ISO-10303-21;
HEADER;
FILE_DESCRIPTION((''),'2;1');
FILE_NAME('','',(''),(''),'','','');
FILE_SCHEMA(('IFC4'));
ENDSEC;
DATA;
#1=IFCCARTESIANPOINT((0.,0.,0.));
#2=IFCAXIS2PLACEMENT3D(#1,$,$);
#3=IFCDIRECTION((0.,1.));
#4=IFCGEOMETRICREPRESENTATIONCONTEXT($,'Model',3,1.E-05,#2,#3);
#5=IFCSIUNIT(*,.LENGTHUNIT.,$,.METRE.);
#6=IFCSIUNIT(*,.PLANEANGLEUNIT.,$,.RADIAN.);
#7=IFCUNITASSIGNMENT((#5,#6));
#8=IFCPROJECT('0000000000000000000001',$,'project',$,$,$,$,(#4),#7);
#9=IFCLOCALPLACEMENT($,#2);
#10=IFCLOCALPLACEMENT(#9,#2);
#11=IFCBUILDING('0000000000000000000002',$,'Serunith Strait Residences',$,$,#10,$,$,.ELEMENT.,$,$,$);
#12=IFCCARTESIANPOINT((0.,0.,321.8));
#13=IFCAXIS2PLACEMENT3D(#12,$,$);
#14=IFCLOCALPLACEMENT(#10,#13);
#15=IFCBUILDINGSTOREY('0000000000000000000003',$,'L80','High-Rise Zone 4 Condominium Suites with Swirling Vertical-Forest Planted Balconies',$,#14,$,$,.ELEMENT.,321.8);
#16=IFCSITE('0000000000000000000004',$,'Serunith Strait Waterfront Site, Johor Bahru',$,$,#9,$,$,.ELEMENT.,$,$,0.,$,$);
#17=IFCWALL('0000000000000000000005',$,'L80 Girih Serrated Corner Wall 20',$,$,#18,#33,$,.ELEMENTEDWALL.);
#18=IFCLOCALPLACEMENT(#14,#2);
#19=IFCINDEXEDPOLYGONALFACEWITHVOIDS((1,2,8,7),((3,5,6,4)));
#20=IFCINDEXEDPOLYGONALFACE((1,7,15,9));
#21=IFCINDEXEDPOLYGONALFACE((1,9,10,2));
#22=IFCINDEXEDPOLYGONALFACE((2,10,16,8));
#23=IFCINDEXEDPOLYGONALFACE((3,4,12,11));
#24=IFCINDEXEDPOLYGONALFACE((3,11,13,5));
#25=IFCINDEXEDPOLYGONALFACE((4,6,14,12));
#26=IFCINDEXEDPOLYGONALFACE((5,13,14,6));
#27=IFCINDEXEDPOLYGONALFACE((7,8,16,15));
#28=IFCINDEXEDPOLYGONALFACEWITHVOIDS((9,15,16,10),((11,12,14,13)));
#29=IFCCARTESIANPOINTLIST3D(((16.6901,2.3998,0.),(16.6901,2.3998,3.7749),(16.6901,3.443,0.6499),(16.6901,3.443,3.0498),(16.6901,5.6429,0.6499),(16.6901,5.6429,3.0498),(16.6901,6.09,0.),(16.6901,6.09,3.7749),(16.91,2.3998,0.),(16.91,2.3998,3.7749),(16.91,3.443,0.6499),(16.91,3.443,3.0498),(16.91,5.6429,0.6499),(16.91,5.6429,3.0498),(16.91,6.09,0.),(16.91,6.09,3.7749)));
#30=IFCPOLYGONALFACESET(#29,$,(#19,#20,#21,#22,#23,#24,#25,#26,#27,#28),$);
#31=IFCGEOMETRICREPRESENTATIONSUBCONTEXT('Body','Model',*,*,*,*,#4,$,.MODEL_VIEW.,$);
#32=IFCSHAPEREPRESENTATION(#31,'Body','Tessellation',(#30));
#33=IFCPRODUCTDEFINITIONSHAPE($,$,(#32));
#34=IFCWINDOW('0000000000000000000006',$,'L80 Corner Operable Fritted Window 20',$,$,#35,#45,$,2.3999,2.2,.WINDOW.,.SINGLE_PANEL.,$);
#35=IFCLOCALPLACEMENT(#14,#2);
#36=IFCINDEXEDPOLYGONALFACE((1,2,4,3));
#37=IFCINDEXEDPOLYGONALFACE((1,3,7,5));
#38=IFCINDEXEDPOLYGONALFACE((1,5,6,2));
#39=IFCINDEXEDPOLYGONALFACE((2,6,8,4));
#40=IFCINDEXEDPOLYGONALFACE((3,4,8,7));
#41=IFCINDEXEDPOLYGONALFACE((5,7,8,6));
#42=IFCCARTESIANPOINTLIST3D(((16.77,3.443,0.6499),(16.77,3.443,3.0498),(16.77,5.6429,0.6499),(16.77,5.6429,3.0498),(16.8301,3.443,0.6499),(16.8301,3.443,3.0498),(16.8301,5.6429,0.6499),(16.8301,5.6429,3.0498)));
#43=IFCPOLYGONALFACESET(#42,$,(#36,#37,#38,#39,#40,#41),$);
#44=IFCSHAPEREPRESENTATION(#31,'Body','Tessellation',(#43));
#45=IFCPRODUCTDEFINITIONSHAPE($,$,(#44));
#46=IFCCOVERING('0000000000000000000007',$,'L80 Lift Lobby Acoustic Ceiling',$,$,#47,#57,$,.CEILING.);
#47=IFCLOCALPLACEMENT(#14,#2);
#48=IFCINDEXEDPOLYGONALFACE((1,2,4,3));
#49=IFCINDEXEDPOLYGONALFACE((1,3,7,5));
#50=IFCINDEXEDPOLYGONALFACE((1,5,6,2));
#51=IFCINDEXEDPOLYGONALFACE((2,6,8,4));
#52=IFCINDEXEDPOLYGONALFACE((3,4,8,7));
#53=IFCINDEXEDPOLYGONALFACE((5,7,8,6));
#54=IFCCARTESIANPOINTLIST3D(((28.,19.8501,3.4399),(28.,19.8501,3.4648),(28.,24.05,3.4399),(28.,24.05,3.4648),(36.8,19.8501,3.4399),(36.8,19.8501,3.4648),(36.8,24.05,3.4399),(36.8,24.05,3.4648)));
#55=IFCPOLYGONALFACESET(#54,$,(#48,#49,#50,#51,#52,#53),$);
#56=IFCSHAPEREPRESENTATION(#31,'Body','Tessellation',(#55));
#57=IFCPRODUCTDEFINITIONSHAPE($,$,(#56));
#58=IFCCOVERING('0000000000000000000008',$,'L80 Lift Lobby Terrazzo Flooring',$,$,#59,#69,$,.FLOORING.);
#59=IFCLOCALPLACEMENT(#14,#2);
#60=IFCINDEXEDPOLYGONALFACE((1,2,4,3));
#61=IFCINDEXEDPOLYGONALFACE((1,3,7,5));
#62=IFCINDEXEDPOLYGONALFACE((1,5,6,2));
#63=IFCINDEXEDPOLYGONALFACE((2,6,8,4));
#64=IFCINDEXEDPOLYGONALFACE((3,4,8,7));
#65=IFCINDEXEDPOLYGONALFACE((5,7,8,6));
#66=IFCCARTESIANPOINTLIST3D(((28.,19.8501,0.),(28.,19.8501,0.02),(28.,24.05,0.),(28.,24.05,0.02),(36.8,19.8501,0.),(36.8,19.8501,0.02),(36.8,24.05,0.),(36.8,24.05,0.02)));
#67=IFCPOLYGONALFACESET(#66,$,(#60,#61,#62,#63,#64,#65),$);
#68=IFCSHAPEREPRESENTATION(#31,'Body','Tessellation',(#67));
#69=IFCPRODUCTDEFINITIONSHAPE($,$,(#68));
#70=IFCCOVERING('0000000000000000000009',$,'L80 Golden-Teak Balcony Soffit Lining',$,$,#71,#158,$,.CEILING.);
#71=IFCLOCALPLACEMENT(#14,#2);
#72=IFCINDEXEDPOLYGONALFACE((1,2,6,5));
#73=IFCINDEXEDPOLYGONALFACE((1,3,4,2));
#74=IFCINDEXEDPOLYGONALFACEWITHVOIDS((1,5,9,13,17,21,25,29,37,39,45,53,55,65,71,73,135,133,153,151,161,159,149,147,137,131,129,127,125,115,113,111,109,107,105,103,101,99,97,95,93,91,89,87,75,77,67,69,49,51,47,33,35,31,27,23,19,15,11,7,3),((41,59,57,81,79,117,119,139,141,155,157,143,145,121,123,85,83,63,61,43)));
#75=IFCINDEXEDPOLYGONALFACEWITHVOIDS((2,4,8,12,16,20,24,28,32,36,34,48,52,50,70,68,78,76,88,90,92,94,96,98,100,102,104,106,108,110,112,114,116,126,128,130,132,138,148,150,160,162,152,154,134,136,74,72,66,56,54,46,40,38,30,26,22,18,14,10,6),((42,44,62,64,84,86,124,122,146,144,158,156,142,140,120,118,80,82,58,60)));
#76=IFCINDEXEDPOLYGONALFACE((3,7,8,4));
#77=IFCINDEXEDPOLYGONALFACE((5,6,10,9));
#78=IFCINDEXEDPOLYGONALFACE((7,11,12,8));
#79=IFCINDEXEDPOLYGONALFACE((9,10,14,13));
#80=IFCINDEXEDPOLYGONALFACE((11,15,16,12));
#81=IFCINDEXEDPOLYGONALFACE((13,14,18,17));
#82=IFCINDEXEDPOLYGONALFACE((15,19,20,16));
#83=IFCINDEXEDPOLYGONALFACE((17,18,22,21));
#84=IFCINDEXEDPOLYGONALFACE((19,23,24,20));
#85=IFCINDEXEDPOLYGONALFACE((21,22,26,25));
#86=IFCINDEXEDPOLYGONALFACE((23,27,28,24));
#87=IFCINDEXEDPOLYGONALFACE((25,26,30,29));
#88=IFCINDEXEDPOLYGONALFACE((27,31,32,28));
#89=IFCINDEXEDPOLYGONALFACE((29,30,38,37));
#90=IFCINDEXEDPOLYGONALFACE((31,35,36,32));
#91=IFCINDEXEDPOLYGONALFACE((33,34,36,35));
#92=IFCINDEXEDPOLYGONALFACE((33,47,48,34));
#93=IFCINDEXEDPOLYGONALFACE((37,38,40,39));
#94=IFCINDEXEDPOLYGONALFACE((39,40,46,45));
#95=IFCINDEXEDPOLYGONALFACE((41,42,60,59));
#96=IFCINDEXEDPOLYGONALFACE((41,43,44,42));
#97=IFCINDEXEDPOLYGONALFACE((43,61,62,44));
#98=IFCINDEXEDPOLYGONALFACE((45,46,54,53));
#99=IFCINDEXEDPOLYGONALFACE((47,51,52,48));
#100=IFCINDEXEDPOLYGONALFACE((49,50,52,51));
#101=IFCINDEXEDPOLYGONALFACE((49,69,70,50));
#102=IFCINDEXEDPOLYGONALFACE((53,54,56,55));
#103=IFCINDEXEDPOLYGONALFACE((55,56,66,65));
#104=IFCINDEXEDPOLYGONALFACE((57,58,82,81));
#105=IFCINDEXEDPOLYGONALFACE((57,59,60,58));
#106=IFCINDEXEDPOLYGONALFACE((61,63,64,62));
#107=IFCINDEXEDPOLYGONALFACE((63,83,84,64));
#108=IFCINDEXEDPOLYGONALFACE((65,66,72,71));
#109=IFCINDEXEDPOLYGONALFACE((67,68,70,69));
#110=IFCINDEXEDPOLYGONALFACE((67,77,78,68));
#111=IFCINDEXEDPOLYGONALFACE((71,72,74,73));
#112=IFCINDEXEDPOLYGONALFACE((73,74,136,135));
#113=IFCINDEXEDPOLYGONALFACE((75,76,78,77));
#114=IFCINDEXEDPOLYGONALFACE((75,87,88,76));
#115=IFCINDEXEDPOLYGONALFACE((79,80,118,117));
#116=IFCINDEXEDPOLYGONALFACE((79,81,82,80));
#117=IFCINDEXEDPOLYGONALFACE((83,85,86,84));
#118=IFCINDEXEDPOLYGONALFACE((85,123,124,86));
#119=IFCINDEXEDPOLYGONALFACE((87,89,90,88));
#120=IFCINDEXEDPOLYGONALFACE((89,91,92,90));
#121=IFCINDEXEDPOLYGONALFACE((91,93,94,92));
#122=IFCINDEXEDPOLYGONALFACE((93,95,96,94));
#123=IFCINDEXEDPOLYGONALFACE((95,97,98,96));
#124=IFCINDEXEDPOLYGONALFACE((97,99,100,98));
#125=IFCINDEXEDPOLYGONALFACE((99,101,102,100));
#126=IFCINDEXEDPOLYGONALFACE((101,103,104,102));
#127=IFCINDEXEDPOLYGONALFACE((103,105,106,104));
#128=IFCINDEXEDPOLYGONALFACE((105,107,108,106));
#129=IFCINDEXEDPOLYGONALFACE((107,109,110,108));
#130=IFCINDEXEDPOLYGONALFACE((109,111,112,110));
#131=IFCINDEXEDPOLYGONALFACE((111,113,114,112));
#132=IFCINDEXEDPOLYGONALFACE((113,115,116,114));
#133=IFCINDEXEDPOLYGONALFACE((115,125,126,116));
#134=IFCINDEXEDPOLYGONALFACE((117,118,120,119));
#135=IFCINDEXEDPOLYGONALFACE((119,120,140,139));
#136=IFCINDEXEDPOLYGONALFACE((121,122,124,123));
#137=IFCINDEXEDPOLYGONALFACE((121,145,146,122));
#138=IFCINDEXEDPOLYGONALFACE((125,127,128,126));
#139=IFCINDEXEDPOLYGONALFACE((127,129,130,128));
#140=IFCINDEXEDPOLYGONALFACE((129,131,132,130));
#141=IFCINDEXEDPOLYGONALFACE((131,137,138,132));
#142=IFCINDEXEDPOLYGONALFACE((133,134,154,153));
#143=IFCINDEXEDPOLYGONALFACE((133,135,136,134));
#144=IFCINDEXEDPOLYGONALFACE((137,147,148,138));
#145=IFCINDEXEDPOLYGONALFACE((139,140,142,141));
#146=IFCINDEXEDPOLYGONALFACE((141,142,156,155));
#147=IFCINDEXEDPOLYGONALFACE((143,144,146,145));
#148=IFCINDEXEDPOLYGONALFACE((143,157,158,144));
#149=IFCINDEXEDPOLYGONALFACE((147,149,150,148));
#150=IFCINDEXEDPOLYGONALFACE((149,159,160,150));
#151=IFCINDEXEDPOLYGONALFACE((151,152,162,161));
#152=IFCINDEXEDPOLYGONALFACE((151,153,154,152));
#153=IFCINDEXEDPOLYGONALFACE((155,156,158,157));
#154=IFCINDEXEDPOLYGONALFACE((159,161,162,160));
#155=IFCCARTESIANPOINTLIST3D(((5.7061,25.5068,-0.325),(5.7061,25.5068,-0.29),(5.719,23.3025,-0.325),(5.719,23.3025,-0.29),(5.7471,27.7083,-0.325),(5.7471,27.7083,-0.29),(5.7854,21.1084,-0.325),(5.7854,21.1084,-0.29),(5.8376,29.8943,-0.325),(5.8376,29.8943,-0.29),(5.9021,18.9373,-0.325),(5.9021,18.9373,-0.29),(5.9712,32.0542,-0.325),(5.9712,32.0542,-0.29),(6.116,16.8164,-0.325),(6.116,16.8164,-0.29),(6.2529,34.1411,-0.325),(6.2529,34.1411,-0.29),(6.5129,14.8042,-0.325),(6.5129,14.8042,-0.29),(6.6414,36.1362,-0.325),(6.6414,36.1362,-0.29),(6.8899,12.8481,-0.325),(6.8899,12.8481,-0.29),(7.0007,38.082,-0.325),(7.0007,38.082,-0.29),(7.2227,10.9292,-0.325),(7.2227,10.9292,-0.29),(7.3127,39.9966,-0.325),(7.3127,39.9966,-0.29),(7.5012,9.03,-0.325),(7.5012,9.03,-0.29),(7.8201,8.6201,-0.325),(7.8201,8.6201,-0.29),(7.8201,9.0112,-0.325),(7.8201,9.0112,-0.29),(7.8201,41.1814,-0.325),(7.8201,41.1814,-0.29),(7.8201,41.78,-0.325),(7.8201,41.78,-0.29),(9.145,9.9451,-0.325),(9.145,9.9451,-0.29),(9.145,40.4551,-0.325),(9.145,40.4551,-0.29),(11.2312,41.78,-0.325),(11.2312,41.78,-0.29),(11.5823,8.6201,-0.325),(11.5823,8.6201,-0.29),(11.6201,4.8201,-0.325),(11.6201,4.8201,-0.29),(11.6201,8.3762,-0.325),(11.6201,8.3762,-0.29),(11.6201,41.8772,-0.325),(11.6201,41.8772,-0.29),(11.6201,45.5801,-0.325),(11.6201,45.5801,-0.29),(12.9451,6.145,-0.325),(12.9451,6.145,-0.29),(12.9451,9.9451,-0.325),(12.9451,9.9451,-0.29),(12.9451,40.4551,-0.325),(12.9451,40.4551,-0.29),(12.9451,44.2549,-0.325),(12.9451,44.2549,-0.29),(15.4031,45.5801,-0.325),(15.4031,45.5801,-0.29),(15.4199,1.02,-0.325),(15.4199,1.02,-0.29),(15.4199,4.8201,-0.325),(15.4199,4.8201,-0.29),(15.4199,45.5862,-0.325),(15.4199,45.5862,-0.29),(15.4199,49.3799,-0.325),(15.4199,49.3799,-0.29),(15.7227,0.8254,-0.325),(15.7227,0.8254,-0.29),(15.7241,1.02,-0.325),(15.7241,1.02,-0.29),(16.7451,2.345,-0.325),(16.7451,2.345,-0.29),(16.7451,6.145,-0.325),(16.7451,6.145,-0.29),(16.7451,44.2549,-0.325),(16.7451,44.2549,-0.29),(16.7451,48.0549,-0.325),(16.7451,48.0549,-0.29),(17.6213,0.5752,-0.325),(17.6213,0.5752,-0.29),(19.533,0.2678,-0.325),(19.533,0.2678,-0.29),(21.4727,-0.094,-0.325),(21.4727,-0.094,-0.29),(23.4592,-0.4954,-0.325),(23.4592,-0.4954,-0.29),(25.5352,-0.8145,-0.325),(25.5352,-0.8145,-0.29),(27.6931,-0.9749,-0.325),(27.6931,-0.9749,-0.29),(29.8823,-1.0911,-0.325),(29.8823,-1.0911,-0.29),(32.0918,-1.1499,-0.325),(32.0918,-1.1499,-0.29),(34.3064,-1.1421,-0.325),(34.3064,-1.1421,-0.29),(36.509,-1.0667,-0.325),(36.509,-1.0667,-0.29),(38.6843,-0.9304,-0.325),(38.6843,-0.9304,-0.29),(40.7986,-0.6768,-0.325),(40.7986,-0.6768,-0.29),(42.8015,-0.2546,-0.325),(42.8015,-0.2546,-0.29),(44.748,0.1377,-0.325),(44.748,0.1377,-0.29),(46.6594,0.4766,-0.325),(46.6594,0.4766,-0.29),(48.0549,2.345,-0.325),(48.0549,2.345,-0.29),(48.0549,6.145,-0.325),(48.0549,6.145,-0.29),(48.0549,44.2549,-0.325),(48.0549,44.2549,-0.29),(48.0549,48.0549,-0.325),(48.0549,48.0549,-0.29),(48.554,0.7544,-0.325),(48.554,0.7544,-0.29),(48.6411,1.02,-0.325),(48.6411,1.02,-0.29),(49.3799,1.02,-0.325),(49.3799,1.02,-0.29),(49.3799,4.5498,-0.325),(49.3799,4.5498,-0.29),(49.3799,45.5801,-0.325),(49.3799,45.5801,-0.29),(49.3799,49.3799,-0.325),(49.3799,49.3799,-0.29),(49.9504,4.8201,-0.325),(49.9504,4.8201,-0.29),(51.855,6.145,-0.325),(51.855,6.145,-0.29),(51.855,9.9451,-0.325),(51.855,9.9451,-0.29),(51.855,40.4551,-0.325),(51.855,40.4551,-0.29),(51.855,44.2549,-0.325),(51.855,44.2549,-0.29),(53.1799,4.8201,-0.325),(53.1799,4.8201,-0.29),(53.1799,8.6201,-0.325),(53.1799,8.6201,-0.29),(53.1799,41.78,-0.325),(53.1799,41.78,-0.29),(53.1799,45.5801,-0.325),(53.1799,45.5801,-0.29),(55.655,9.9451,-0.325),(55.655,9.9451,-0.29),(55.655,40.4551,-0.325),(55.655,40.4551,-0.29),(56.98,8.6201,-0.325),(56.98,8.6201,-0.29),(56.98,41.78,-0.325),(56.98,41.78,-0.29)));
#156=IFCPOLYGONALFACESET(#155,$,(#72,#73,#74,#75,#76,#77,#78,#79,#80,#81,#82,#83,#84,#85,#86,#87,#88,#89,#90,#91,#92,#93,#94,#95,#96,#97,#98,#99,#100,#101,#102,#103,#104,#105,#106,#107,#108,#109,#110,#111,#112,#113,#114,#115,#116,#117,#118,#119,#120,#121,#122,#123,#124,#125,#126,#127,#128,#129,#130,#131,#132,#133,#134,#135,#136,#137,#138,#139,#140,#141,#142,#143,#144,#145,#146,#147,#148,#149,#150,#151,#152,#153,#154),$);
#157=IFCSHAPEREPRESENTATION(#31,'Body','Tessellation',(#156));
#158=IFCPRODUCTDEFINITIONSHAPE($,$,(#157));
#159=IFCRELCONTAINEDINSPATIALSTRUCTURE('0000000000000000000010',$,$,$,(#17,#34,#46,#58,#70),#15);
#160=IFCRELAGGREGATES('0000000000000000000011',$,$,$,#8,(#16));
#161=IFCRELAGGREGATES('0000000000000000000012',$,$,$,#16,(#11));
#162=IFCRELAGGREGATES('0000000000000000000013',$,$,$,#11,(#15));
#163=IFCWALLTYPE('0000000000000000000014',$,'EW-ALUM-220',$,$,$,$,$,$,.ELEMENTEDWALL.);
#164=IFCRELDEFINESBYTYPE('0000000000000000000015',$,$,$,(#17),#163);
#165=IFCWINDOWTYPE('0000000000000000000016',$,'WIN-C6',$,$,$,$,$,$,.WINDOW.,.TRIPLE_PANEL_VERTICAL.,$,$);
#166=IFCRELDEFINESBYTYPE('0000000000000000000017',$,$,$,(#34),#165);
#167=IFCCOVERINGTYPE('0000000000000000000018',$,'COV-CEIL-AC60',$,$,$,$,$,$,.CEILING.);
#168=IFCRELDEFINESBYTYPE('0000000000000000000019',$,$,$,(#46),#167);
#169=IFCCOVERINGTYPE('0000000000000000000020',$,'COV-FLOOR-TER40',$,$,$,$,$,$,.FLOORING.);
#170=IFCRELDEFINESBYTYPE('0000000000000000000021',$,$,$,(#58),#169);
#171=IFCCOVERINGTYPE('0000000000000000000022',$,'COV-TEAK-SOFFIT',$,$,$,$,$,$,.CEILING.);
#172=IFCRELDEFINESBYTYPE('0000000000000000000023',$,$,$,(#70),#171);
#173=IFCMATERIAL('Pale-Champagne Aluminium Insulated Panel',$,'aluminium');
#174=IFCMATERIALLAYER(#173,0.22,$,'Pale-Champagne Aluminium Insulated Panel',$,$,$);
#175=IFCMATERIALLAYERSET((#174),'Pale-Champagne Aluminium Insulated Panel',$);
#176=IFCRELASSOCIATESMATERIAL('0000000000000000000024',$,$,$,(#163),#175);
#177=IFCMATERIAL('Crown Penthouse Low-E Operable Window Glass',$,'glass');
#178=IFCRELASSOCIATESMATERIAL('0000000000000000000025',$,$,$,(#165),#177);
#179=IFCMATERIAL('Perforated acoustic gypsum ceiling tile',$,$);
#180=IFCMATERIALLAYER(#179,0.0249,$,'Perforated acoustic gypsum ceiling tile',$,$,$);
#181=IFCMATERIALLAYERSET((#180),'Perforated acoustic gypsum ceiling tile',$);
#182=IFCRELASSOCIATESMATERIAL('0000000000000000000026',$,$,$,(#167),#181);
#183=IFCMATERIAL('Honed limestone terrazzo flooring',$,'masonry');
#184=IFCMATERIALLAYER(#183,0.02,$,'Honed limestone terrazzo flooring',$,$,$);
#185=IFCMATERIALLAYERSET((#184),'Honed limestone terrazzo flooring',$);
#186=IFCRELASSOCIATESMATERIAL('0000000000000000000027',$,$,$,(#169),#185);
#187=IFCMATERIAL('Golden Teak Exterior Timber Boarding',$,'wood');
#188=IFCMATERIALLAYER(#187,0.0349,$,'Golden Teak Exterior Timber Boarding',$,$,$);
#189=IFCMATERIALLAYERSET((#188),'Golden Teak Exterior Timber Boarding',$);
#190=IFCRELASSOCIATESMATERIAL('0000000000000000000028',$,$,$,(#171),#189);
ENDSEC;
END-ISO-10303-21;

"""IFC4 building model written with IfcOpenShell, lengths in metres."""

from ifc_helpers import new_model, si_unit, direction, frame, frame_2d, origin, place, context, subcontext, project, spatial, polyline, rectangle, outline, extrude, source, transform, mapped, material, layer, layer_set, type_object, element, fill, save


model = new_model("IFC4")

# Units and contexts
model_context = context("Model", 3, precision=1e-05, world=origin(), true_north=direction((0.0, 1.0)))
body_context = subcontext(model_context, "Body", "Model", "MODEL_VIEW")
ifc_project = project(units=[si_unit("LENGTHUNIT", "METRE"), si_unit("PLANEANGLEUNIT", "RADIAN")], contexts=[model_context])

# Site, building, storey
site_placement = place(None, origin())
site = spatial("IfcSite", under=ifc_project, at=site_placement, Name="Serunith Strait Waterfront Site, Johor Bahru", CompositionType="ELEMENT", RefElevation=0.0)
building_placement = place(site_placement, origin())
building = spatial("IfcBuilding", under=site, at=building_placement, Name="Serunith Strait Residences", CompositionType="ELEMENT")
storey_placement = place(building_placement, frame((0.0, 0.0, 321.8)))
storey = spatial("IfcBuildingStorey", under=building, at=storey_placement, Name="L80", Description="High-Rise Zone 4 Condominium Suites with Swirling Vertical-Forest Planted Balconies", CompositionType="ELEMENT", Elevation=321.8)

# Wall, opening, window
ifc_material_1 = material(Name="Pale-Champagne Aluminium Insulated Panel", Category="aluminium")
ifc_layer_1 = layer(ifc_material_1, 0.22, Name="Pale-Champagne Aluminium Insulated Panel")
ifc_layer_set_1 = layer_set([ifc_layer_1], Name="Pale-Champagne Aluminium Insulated Panel")
wall_type = type_object("IfcWallType", Name="EW-ALUM-220", PredefinedType="ELEMENTEDWALL", material=ifc_layer_set_1)
ifc_material_2 = material(Name="Crown Penthouse Low-E Operable Window Glass", Category="glass")
window_type = type_object("IfcWindowType", Name="WIN-C6", PartitioningType="TRIPLE_PANEL_VERTICAL", PredefinedType="WINDOW", material=ifc_material_2)
shared_shape_1 = source(origin(), body_context, "Body", "SweptSolid", [
    extrude(rectangle(XDim=2.2, YDim=2.3999, at=frame_2d((1.1001, 1.2))), frame((0.0, 0.03, 0.0), z_axis=(0.0, -1.0, 0.0), x_axis=(1.0, 0.0, 0.0)), (0.0, 0.0, 1.0), 0.0601),
])
wall_1_placement = place(storey_placement, frame((16.8, 6.0901, 0.0), z_axis=(0.0, 0.0, 1.0), x_axis=(0.0, -1.0, 0.0)))
wall_1 = element("IfcWall", 1, at=wall_1_placement, inside=storey, type_object=wall_type, Name="L80 Girih Serrated Corner Wall 20", PredefinedType="ELEMENTEDWALL", context=body_context, shape_type="SweptSolid", body=[
    extrude(rectangle(XDim=3.6902, YDim=0.22, at=frame_2d((1.8452, 0.0))), origin(), (0.0, 0.0, 1.0), 3.7749),
])
opening_1_placement = place(wall_1_placement, frame((0.447, 0.0, 0.6499)))
opening_1 = element("IfcOpeningElement", 2, at=opening_1_placement, cuts=wall_1, PredefinedType="OPENING", context=body_context, shape_type="SweptSolid", body=[
    extrude(rectangle(XDim=2.2, YDim=2.3999, at=frame_2d((1.1001, 1.2))), frame((0.0, 0.1201, 0.0), z_axis=(0.0, -1.0, 0.0), x_axis=(1.0, 0.0, 0.0)), (0.0, 0.0, 1.0), 0.24),
])
window_1_placement = place(opening_1_placement, origin())
window_1 = element("IfcWindow", 3, at=window_1_placement, inside=storey, type_object=window_type, Name="L80 Corner Operable Fritted Window 20", OverallHeight=2.3999, OverallWidth=2.2, PartitioningType="SINGLE_PANEL", PredefinedType="WINDOW", context=body_context, shape_type="MappedRepresentation", body=[
    mapped(shared_shape_1, transform((0.0, 0.0, 0.0), scale=1.0)),
])
fill(opening_1, window_1)

# Coverings
ifc_material_3 = material(Name="Perforated acoustic gypsum ceiling tile")
ifc_layer_2 = layer(ifc_material_3, 0.0249, Name="Perforated acoustic gypsum ceiling tile")
ifc_layer_set_2 = layer_set([ifc_layer_2], Name="Perforated acoustic gypsum ceiling tile")
covering_type_1 = type_object("IfcCoveringType", Name="COV-CEIL-AC60", PredefinedType="CEILING", material=ifc_layer_set_2)
covering_1_placement = place(storey_placement, frame((0.0, 0.0, 3.4399)))
element("IfcCovering", 4, at=covering_1_placement, inside=storey, type_object=covering_type_1, Name="L80 Lift Lobby Acoustic Ceiling", PredefinedType="CEILING", context=body_context, shape_type="SweptSolid", body=[
    extrude(outline(polyline([(28.0, 19.8501), (36.8, 19.8501), (36.8, 24.05), (28.0, 24.05), (28.0, 19.8501)])), origin(), (0.0, 0.0, 1.0), 0.0249),
])
ifc_material_4 = material(Name="Honed limestone terrazzo flooring", Category="masonry")
ifc_layer_3 = layer(ifc_material_4, 0.02, Name="Honed limestone terrazzo flooring")
ifc_layer_set_3 = layer_set([ifc_layer_3], Name="Honed limestone terrazzo flooring")
covering_type_2 = type_object("IfcCoveringType", Name="COV-FLOOR-TER40", PredefinedType="FLOORING", material=ifc_layer_set_3)
covering_2_placement = place(storey_placement, origin())
element("IfcCovering", 5, at=covering_2_placement, inside=storey, type_object=covering_type_2, Name="L80 Lift Lobby Terrazzo Flooring", PredefinedType="FLOORING", context=body_context, shape_type="SweptSolid", body=[
    extrude(outline(polyline([(28.0, 19.8501), (36.8, 19.8501), (36.8, 24.05), (28.0, 24.05), (28.0, 19.8501)])), origin(), (0.0, 0.0, 1.0), 0.02),
])
ifc_material_5 = material(Name="Golden Teak Exterior Timber Boarding", Category="wood")
ifc_layer_4 = layer(ifc_material_5, 0.0349, Name="Golden Teak Exterior Timber Boarding")
ifc_layer_set_4 = layer_set([ifc_layer_4], Name="Golden Teak Exterior Timber Boarding")
covering_type_3 = type_object("IfcCoveringType", Name="COV-TEAK-SOFFIT", PredefinedType="CEILING", material=ifc_layer_set_4)
covering_3_placement = place(storey_placement, frame((0.0, 0.0, -0.325)))
element("IfcCovering", 6, at=covering_3_placement, inside=storey, type_object=covering_type_3, Name="L80 Golden-Teak Balcony Soffit Lining", PredefinedType="CEILING", context=body_context, shape_type="SweptSolid", body=[
    extrude(outline(polyline([(15.4199, 1.02), (15.4199, 4.8201), (11.6201, 4.8201), (11.6201, 8.3762), (11.5823, 8.6201), (7.8201, 8.6201), (7.8201, 9.0112), (7.5012, 9.03), (7.2227, 10.9292), (6.8899, 12.8481), (6.5129, 14.8042), (6.116, 16.8164), (5.9021, 18.9373), (5.7854, 21.1084), (5.719, 23.3025), (5.7061, 25.5068), (5.7471, 27.7083), (5.8376, 29.8943), (5.9712, 32.0542), (6.2529, 34.1411), (6.6414, 36.1362), (7.0007, 38.082), (7.3127, 39.9966), (7.8201, 41.1814), (7.8201, 41.78), (11.2312, 41.78), (11.6201, 41.8772), (11.6201, 45.5801), (15.4031, 45.5801), (15.4199, 45.5862), (15.4199, 49.3799), (49.3799, 49.3799), (49.3799, 45.5801), (53.1799, 45.5801), (53.1799, 41.78), (56.98, 41.78), (56.98, 8.6201), (53.1799, 8.6201), (53.1799, 4.8201), (49.9504, 4.8201), (49.3799, 4.5498), (49.3799, 1.02), (48.6411, 1.02), (48.554, 0.7544), (46.6594, 0.4766), (44.748, 0.1377), (42.8015, -0.2546), (40.7986, -0.6768), (38.6843, -0.9304), (36.509, -1.0667), (34.3064, -1.1421), (32.0918, -1.1499), (29.8823, -1.0911), (27.6931, -0.9749), (25.5352, -0.8145), (23.4592, -0.4954), (21.4727, -0.094), (19.533, 0.2678), (17.6213, 0.5752), (15.7227, 0.8254), (15.7241, 1.02), (15.4199, 1.02)]), holes=[polyline([(48.0549, 2.345), (48.0549, 6.145), (51.855, 6.145), (51.855, 9.9451), (55.655, 9.9451), (55.655, 40.4551), (51.855, 40.4551), (51.855, 44.2549), (48.0549, 44.2549), (48.0549, 48.0549), (16.7451, 48.0549), (16.7451, 44.2549), (12.9451, 44.2549), (12.9451, 40.4551), (9.145, 40.4551), (9.145, 9.9451), (12.9451, 9.9451), (12.9451, 6.145), (16.7451, 6.145), (16.7451, 2.345), (48.0549, 2.345)])]), origin(), (0.0, 0.0, 1.0), 0.0349),
])

save(model, "model.ifc")
